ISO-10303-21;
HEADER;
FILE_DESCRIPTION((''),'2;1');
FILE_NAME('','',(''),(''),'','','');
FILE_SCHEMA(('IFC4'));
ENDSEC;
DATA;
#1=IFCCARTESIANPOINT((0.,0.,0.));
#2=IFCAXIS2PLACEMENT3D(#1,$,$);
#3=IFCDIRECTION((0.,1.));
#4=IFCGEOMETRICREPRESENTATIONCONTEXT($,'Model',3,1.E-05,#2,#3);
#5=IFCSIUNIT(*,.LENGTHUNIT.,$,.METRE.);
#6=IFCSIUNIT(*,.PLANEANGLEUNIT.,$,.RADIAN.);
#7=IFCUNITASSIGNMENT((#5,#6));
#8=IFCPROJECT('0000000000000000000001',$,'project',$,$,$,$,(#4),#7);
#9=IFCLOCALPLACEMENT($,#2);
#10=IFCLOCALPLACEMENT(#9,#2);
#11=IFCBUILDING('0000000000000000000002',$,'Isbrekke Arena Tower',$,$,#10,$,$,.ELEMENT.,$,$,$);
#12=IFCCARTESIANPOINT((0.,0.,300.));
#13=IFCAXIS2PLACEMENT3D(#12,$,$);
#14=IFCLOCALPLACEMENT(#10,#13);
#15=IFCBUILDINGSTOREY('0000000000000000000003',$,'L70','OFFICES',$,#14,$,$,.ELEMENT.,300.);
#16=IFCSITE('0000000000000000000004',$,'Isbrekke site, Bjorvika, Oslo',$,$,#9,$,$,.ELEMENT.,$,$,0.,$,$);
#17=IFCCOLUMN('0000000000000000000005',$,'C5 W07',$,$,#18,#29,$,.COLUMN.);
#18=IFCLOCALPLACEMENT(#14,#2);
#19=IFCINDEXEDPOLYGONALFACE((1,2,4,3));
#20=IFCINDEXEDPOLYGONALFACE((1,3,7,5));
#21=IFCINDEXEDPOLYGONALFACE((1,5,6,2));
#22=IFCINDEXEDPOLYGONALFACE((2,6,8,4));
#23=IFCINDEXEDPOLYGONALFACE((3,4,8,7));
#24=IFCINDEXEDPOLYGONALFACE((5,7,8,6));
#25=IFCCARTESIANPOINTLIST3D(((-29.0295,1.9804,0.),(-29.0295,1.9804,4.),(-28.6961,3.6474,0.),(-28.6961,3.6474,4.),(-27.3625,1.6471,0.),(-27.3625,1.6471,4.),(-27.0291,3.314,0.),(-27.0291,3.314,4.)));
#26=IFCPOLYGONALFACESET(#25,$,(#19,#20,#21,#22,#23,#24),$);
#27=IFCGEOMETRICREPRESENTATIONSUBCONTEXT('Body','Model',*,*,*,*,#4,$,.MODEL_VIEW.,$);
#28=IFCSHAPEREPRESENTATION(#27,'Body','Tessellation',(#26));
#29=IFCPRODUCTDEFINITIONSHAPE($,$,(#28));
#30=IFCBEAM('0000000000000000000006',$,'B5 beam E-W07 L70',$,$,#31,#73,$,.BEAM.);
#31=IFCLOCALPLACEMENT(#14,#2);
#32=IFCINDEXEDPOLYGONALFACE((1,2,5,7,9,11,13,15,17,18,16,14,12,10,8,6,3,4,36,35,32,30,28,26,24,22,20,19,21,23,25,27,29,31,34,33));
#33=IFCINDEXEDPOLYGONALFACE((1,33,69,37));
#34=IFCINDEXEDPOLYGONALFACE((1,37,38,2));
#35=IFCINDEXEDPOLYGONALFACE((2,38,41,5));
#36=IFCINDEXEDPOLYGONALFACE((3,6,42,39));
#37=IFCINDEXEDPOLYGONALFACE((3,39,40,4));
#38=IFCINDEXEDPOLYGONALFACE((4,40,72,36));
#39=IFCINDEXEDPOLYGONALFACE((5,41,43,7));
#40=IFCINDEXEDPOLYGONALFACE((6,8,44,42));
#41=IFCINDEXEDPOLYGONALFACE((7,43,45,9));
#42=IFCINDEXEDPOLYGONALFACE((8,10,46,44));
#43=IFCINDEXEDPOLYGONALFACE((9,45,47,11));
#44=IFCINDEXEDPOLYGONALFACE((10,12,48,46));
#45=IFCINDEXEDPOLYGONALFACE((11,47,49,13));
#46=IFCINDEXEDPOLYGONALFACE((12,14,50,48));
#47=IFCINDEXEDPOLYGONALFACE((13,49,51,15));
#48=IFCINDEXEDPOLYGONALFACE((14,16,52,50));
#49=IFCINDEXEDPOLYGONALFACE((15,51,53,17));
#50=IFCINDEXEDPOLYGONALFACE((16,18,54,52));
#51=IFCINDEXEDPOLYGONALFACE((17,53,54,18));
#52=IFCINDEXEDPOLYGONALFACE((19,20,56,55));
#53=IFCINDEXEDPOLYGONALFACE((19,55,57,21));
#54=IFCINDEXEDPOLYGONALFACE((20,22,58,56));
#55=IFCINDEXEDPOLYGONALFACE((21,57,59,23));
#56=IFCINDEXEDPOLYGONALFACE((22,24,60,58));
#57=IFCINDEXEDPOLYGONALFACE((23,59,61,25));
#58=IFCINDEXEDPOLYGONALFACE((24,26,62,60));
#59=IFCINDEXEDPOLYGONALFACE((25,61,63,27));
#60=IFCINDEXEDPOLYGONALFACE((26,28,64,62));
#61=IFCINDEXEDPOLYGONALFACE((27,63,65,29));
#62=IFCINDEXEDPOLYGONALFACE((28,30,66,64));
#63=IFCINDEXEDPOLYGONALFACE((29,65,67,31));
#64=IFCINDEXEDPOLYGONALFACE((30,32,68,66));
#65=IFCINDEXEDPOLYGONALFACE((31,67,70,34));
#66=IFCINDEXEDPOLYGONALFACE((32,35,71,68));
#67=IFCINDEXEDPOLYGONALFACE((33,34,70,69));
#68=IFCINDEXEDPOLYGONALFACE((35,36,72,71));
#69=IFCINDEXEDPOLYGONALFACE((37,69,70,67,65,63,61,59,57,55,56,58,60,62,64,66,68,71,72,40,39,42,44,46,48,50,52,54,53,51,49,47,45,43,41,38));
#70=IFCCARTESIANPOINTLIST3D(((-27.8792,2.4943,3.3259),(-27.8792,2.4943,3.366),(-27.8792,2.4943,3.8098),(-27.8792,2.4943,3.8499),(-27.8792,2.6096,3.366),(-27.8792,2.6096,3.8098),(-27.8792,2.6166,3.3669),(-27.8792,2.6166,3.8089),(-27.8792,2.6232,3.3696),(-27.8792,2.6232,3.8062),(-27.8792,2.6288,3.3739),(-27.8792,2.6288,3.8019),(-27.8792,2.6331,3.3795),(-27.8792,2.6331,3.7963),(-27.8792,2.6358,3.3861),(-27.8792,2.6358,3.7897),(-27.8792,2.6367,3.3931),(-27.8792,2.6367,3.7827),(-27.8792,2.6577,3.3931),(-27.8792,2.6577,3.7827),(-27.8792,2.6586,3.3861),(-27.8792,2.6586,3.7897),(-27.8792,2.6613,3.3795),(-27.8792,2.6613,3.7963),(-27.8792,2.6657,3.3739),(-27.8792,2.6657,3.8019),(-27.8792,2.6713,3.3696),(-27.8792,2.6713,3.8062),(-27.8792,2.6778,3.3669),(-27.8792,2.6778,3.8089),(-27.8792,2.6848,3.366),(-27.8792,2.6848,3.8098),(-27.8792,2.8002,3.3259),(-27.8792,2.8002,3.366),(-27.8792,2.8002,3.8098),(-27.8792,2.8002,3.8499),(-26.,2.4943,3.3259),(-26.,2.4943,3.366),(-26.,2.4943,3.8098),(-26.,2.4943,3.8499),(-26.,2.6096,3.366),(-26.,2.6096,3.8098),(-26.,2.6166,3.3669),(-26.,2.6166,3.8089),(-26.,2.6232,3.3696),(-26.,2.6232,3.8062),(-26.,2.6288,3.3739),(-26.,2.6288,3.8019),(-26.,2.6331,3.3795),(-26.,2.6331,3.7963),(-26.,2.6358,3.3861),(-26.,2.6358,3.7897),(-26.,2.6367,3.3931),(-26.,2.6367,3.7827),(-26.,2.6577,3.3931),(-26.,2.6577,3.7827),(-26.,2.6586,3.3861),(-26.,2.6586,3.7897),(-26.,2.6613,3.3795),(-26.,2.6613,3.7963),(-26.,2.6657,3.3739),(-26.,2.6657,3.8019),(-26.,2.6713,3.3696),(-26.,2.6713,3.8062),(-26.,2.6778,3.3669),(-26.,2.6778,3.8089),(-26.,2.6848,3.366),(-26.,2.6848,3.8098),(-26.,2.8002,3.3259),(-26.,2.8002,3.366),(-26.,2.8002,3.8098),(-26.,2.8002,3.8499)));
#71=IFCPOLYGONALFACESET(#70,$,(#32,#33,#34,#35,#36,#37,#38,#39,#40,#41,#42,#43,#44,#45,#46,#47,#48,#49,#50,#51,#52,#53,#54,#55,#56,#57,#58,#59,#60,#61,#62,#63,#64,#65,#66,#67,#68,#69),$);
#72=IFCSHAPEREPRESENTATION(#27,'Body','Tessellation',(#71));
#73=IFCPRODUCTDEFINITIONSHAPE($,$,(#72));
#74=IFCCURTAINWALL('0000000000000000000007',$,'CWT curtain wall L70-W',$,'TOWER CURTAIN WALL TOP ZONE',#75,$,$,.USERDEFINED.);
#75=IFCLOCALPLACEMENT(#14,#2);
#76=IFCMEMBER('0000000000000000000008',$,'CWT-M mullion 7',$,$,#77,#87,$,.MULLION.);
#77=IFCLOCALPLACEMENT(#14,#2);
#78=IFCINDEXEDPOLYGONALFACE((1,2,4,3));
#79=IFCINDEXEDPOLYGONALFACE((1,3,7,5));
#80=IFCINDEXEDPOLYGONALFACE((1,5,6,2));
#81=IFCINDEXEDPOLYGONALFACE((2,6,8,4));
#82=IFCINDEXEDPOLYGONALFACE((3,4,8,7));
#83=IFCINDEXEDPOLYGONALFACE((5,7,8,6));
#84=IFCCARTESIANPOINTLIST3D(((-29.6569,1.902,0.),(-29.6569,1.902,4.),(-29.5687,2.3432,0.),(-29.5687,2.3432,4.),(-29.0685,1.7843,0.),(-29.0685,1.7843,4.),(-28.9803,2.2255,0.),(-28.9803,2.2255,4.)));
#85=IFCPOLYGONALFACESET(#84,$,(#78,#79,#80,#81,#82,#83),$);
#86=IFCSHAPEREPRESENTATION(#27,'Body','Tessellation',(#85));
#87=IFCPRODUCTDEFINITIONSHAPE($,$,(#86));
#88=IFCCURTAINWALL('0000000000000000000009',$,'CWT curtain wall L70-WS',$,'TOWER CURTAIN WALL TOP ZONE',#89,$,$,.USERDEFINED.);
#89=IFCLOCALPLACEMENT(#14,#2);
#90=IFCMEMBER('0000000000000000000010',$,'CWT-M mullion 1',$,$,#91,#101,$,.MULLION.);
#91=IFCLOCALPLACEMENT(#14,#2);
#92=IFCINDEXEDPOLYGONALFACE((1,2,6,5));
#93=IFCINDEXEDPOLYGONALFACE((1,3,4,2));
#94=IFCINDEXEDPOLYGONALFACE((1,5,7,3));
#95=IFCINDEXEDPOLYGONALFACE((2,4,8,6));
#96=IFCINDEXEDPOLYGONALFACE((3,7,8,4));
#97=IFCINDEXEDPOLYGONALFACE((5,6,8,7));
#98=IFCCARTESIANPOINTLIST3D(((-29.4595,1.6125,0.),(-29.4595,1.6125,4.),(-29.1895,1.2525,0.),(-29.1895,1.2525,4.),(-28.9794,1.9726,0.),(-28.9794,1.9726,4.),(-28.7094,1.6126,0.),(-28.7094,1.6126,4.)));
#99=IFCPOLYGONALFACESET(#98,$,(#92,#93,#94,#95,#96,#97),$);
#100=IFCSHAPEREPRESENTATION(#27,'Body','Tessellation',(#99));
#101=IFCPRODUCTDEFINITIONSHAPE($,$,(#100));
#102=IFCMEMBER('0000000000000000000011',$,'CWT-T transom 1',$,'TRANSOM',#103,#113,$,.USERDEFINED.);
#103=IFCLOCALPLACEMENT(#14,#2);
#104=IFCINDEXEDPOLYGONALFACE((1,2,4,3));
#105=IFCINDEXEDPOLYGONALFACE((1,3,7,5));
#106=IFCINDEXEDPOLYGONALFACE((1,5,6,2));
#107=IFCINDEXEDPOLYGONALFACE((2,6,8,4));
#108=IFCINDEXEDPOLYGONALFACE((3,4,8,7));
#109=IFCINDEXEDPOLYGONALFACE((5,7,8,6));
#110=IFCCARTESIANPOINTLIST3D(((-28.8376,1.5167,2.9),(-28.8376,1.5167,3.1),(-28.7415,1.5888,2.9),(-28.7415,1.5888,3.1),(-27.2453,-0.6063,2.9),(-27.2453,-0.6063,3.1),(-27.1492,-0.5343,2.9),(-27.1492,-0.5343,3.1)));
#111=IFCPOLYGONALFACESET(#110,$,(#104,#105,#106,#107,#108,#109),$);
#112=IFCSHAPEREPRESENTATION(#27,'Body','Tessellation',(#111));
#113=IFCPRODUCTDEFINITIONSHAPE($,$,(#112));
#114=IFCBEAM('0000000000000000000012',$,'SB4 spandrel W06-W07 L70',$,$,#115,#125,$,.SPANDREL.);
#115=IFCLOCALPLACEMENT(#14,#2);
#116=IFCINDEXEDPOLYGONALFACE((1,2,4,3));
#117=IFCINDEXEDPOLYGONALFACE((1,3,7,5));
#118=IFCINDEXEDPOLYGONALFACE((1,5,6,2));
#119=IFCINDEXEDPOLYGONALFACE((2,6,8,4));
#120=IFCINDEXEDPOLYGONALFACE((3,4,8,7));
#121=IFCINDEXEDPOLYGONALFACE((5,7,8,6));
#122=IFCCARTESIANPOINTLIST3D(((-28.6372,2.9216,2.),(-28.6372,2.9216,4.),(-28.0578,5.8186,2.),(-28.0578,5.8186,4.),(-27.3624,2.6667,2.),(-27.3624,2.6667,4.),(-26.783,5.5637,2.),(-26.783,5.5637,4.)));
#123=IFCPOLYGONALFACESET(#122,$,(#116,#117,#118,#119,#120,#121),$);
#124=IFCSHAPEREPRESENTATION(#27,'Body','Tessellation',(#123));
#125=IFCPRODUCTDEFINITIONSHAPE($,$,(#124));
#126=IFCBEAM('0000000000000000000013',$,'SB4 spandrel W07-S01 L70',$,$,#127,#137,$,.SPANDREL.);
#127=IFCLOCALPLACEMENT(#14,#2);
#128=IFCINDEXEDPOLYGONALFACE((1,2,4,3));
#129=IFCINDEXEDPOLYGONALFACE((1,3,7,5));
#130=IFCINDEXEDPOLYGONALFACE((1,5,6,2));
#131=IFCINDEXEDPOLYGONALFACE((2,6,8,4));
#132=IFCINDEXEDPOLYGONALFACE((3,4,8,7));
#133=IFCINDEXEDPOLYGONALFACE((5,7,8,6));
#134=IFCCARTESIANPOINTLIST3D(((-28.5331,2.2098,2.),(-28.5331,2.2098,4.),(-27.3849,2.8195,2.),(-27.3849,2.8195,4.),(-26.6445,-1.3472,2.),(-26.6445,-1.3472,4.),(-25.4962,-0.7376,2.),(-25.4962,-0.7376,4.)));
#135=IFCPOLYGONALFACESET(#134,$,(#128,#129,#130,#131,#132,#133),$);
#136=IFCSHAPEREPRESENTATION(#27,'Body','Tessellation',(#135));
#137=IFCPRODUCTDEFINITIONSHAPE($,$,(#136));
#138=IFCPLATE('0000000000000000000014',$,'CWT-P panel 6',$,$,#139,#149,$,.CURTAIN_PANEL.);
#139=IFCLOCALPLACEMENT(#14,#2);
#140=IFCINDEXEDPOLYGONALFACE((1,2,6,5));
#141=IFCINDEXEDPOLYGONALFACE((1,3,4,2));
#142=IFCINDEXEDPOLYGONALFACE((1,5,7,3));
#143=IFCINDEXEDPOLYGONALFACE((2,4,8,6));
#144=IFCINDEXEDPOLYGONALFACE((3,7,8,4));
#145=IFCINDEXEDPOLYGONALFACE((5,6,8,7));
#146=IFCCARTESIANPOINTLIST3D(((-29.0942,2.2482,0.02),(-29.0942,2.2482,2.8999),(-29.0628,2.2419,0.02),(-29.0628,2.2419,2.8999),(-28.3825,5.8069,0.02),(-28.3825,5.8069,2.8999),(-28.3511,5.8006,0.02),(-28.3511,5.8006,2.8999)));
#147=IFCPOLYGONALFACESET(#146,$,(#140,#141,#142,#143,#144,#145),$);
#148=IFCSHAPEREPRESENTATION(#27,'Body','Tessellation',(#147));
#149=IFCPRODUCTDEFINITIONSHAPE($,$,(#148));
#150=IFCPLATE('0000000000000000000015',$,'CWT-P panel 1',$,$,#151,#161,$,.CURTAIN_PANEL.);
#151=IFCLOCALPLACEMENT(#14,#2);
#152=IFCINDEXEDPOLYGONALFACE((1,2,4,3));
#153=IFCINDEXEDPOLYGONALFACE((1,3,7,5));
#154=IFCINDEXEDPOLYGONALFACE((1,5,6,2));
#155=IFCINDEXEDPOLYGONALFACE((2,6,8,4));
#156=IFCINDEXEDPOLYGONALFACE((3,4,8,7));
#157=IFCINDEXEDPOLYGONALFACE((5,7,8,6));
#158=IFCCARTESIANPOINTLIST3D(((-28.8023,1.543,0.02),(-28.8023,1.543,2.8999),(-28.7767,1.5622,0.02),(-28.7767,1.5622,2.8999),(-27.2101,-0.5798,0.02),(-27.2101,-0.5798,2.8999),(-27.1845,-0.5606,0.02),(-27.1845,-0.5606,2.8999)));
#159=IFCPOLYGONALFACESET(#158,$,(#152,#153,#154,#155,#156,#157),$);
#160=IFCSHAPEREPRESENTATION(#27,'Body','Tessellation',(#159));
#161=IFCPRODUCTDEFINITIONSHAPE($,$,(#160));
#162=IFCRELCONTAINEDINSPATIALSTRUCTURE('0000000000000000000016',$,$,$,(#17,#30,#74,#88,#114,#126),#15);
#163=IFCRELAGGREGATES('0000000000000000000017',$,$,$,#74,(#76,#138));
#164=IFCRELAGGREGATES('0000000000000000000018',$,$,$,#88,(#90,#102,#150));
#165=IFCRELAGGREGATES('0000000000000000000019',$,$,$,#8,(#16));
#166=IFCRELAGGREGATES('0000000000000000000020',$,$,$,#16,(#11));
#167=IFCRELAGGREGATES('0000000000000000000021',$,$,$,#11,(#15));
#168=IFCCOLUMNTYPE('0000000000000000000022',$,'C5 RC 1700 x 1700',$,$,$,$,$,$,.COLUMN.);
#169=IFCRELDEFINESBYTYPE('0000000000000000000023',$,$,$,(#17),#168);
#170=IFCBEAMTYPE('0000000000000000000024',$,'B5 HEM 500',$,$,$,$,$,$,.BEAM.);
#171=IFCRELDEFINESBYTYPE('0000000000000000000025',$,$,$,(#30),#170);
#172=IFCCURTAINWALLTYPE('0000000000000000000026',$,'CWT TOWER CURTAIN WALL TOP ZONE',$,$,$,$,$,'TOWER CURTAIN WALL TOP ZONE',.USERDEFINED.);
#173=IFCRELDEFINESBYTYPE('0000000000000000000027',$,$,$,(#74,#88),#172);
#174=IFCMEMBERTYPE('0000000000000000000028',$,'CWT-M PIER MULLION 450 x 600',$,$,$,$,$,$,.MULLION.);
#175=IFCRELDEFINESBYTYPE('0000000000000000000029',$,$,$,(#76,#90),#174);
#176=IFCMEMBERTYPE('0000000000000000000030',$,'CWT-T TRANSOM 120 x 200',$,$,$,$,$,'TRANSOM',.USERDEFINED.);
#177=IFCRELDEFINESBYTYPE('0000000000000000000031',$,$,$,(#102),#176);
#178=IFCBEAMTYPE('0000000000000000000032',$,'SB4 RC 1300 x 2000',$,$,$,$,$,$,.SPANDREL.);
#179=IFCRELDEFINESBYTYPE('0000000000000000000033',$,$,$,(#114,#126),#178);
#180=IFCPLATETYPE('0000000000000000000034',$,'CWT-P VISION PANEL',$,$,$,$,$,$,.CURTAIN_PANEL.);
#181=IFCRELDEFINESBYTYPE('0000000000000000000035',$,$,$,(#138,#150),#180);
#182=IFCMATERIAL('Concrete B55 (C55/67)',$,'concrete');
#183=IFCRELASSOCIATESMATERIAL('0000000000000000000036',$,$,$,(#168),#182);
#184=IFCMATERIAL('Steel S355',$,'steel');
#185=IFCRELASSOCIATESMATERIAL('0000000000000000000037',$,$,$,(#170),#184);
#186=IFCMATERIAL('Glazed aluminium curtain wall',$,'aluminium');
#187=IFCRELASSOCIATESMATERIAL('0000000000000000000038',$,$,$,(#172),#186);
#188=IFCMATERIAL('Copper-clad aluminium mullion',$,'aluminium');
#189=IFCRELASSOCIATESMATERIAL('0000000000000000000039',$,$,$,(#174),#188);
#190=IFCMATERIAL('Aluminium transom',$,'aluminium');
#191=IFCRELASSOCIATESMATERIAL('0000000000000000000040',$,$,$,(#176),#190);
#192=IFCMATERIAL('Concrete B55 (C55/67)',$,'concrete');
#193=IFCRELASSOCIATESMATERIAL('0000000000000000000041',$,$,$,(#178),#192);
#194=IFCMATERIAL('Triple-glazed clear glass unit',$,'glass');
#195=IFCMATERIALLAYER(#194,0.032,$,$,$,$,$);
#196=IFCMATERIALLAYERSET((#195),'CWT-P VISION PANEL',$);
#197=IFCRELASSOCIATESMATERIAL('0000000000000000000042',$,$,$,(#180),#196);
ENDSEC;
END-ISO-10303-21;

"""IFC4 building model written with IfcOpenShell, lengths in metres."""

from ifc_helpers import new_model, si_unit, direction, frame, origin, origin_2d, place, context, subcontext, project, spatial, rectangle, i_section, extrude, material, layer, layer_set, material_profile, profile_set, type_object, element, aggregate, save


model = new_model("IFC4")

# Units and contexts
model_context = context("Model", 3, precision=1e-05, world=origin(), true_north=direction((0.0, 1.0)))
body_context = subcontext(model_context, "Body", "Model", "MODEL_VIEW")
ifc_project = project(units=[si_unit("LENGTHUNIT", "METRE"), si_unit("PLANEANGLEUNIT", "RADIAN")], contexts=[model_context])

# Site, building, storey
site_placement = place(None, origin())
site = spatial("IfcSite", under=ifc_project, at=site_placement, Name="Isbrekke site, Bjorvika, Oslo", CompositionType="ELEMENT", RefElevation=0.0)
building_placement = place(site_placement, origin())
building = spatial("IfcBuilding", under=site, at=building_placement, Name="Isbrekke Arena Tower", CompositionType="ELEMENT")
storey_placement = place(building_placement, frame((0.0, 0.0, 300.0)))
storey = spatial("IfcBuildingStorey", under=building, at=storey_placement, Name="L70", Description="OFFICES", CompositionType="ELEMENT", Elevation=300.0)

# Column
ifc_material_1 = material(Name="Concrete B55 (C55/67)", Category="concrete")
ifc_material_profile_1 = material_profile(ifc_material_1, rectangle(XDim=1.7, YDim=1.7, at=origin_2d()), Name="RC 1700x1700")
ifc_profile_set_1 = profile_set([ifc_material_profile_1], Name="Concrete B55 (C55/67)")
column_type = type_object("IfcColumnType", Name="C5 RC 1700 x 1700", PredefinedType="COLUMN", material=ifc_profile_set_1)
column_placement = place(storey_placement, frame((-28.0293, 2.6472, 0.0), z_axis=(0.0, 0.0, 1.0), x_axis=(-0.196116, -0.980581, 0.0)))
element("IfcColumn", 1, at=column_placement, inside=storey, type_object=column_type, Name="C5 W07", PredefinedType="COLUMN", context=body_context, shape_type="SweptSolid", body=[
    extrude(rectangle(XDim=1.7, YDim=1.7, at=origin_2d()), origin(), (0.0, 0.0, 1.0), 4.0),
])

# Beam
ifc_material_2 = material(Name="Steel S355", Category="steel")
ifc_material_profile_2 = material_profile(ifc_material_2, i_section(OverallWidth=0.3059, OverallDepth=0.5239, WebThickness=0.021, FlangeThickness=0.04, FilletRadius=0.0271, at=origin_2d()), Name="HEM 500")
ifc_profile_set_2 = profile_set([ifc_material_profile_2], Name="Steel S355")
beam_type_1 = type_object("IfcBeamType", Name="B5 HEM 500", PredefinedType="BEAM", material=ifc_profile_set_2)
beam_1_placement = place(storey_placement, frame((-27.8792, 2.6472, 3.5879), z_axis=(1.0, 0.0, 0.0), x_axis=(0.0, 1.0, 0.0)))
element("IfcBeam", 2, at=beam_1_placement, inside=storey, type_object=beam_type_1, Name="B5 beam E-W07 L70", PredefinedType="BEAM", context=body_context, shape_type="SweptSolid", body=[
    extrude(i_section(OverallWidth=0.3059, OverallDepth=0.5239, WebThickness=0.021, FlangeThickness=0.04, FilletRadius=0.0271, at=origin_2d()), origin(), (0.0, 0.0, 1.0), 1.8792),
])

# Curtain wall, member
ifc_material_3 = material(Name="Glazed aluminium curtain wall", Category="aluminium")
curtain_wall_type = type_object("IfcCurtainWallType", Name="CWT TOWER CURTAIN WALL TOP ZONE", ElementType="TOWER CURTAIN WALL TOP ZONE", PredefinedType="USERDEFINED", material=ifc_material_3)
curtain_wall_1_placement = place(storey_placement, origin())
curtain_wall_1 = element("IfcCurtainWall", 3, at=curtain_wall_1_placement, inside=storey, type_object=curtain_wall_type, Name="CWT curtain wall L70-W", ObjectType="TOWER CURTAIN WALL TOP ZONE", PredefinedType="USERDEFINED")
ifc_material_4 = material(Name="Copper-clad aluminium mullion", Category="aluminium")
ifc_material_profile_3 = material_profile(ifc_material_4, rectangle(XDim=0.45, YDim=0.6001, at=origin_2d()), Name="PIER 450X600")
ifc_profile_set_3 = profile_set([ifc_material_profile_3], Name="Copper-clad aluminium mullion")
member_type_1 = type_object("IfcMemberType", Name="CWT-M PIER MULLION 450 x 600", PredefinedType="MULLION", material=ifc_profile_set_3)
member_1_placement = place(storey_placement, frame((-29.3186, 2.0637, 0.0), z_axis=(0.0, 0.0, 1.0), x_axis=(-0.196116, -0.980581, 0.0)))
member_1 = element("IfcMember", 4, at=member_1_placement, type_object=member_type_1, Name="CWT-M mullion 7", PredefinedType="MULLION", context=body_context, shape_type="SweptSolid", body=[
    extrude(rectangle(XDim=0.45, YDim=0.6001, at=origin_2d()), origin(), (0.0, 0.0, 1.0), 4.0),
])

# Curtain wall, members
curtain_wall_2_placement = place(storey_placement, origin())
curtain_wall_2 = element("IfcCurtainWall", 5, at=curtain_wall_2_placement, inside=storey, type_object=curtain_wall_type, Name="CWT curtain wall L70-WS", ObjectType="TOWER CURTAIN WALL TOP ZONE", PredefinedType="USERDEFINED")
member_2_placement = place(storey_placement, frame((-29.0845, 1.6125, 0.0), z_axis=(0.0, 0.0, 1.0), x_axis=(0.6, -0.8, 0.0)))
member_2 = element("IfcMember", 6, at=member_2_placement, type_object=member_type_1, Name="CWT-M mullion 1", PredefinedType="MULLION", context=body_context, shape_type="SweptSolid", body=[
    extrude(rectangle(XDim=0.45, YDim=0.6001, at=origin_2d()), origin(), (0.0, 0.0, 1.0), 4.0),
])
ifc_material_5 = material(Name="Aluminium transom", Category="aluminium")
ifc_material_profile_4 = material_profile(ifc_material_5, rectangle(XDim=0.1201, YDim=0.2, at=origin_2d()), Name="TRANSOM 120X200")
ifc_profile_set_4 = profile_set([ifc_material_profile_4], Name="Aluminium transom")
member_type_2 = type_object("IfcMemberType", Name="CWT-T TRANSOM 120 x 200", ElementType="TRANSOM", PredefinedType="USERDEFINED", material=ifc_profile_set_4)
member_3_placement = place(storey_placement, frame((-28.7896, 1.5527, 3.0), z_axis=(0.6, -0.8, 0.0), x_axis=(0.8, 0.6, 0.0)))
member_3 = element("IfcMember", 7, at=member_3_placement, type_object=member_type_2, Name="CWT-T transom 1", ObjectType="TRANSOM", PredefinedType="USERDEFINED", context=body_context, shape_type="SweptSolid", body=[
    extrude(rectangle(XDim=0.1201, YDim=0.2, at=origin_2d()), origin(), (0.0, 0.0, 1.0), 2.6538),
])

# Beams
ifc_material_6 = material(Name="Concrete B55 (C55/67)", Category="concrete")
ifc_material_profile_5 = material_profile(ifc_material_6, rectangle(XDim=1.3, YDim=2.0, at=origin_2d()), Name="RC 1300x2000")
ifc_profile_set_5 = profile_set([ifc_material_profile_5], Name="Concrete B55 (C55/67)")
beam_type_2 = type_object("IfcBeamType", Name="SB4 RC 1300 x 2000", PredefinedType="SPANDREL", material=ifc_profile_set_5)
beam_2_placement = place(storey_placement, frame((-27.4204, 5.6912, 3.0), z_axis=(-0.1961, -0.980584, 0.0), x_axis=(0.980584, -0.1961, 0.0)))
element("IfcBeam", 8, at=beam_2_placement, inside=storey, type_object=beam_type_2, Name="SB4 spandrel W06-W07 L70", PredefinedType="SPANDREL", context=body_context, shape_type="SweptSolid", body=[
    extrude(rectangle(XDim=1.3, YDim=2.0, at=origin_2d()), origin(), (0.0, 0.0, 1.0), 2.9543),
])
beam_3_placement = place(storey_placement, frame((-27.959, 2.5146, 3.0), z_axis=(0.468951, -0.883224, 0.0), x_axis=(0.883224, 0.468951, 0.0)))
element("IfcBeam", 9, at=beam_3_placement, inside=storey, type_object=beam_type_2, Name="SB4 spandrel W07-S01 L70", PredefinedType="SPANDREL", context=body_context, shape_type="SweptSolid", body=[
    extrude(rectangle(XDim=1.3, YDim=2.0, at=origin_2d()), origin(), (0.0, 0.0, 1.0), 4.0273),
])

# Plates
ifc_material_7 = material(Name="Triple-glazed clear glass unit", Category="glass")
ifc_layer_1 = layer(ifc_material_7, 0.032)
ifc_layer_set_1 = layer_set([ifc_layer_1], Name="CWT-P VISION PANEL")
plate_type = type_object("IfcPlateType", Name="CWT-P VISION PANEL", PredefinedType="CURTAIN_PANEL", material=ifc_layer_set_1)
plate_1_placement = place(storey_placement, frame((-28.7227, 4.0244, 0.02), z_axis=(0.0, 0.0, 1.0), x_axis=(-0.196116, -0.980581, 0.0)))
plate_1 = element("IfcPlate", 10, at=plate_1_placement, type_object=plate_type, Name="CWT-P panel 6", PredefinedType="CURTAIN_PANEL", context=body_context, shape_type="SweptSolid", body=[
    extrude(rectangle(XDim=3.6292, YDim=0.032, at=origin_2d()), origin(), (0.0, 0.0, 1.0), 2.8799),
])
aggregate(curtain_wall_1, [member_1, plate_1])
plate_2_placement = place(storey_placement, frame((-27.9934, 0.4912, 0.02), z_axis=(0.0, 0.0, 1.0), x_axis=(0.6, -0.8, 0.0)))
plate_2 = element("IfcPlate", 11, at=plate_2_placement, type_object=plate_type, Name="CWT-P panel 1", PredefinedType="CURTAIN_PANEL", context=body_context, shape_type="SweptSolid", body=[
    extrude(rectangle(XDim=2.6536, YDim=0.032, at=origin_2d()), origin(), (0.0, 0.0, 1.0), 2.8799),
])
aggregate(curtain_wall_2, [member_2, member_3, plate_2])

save(model, "model.ifc")
